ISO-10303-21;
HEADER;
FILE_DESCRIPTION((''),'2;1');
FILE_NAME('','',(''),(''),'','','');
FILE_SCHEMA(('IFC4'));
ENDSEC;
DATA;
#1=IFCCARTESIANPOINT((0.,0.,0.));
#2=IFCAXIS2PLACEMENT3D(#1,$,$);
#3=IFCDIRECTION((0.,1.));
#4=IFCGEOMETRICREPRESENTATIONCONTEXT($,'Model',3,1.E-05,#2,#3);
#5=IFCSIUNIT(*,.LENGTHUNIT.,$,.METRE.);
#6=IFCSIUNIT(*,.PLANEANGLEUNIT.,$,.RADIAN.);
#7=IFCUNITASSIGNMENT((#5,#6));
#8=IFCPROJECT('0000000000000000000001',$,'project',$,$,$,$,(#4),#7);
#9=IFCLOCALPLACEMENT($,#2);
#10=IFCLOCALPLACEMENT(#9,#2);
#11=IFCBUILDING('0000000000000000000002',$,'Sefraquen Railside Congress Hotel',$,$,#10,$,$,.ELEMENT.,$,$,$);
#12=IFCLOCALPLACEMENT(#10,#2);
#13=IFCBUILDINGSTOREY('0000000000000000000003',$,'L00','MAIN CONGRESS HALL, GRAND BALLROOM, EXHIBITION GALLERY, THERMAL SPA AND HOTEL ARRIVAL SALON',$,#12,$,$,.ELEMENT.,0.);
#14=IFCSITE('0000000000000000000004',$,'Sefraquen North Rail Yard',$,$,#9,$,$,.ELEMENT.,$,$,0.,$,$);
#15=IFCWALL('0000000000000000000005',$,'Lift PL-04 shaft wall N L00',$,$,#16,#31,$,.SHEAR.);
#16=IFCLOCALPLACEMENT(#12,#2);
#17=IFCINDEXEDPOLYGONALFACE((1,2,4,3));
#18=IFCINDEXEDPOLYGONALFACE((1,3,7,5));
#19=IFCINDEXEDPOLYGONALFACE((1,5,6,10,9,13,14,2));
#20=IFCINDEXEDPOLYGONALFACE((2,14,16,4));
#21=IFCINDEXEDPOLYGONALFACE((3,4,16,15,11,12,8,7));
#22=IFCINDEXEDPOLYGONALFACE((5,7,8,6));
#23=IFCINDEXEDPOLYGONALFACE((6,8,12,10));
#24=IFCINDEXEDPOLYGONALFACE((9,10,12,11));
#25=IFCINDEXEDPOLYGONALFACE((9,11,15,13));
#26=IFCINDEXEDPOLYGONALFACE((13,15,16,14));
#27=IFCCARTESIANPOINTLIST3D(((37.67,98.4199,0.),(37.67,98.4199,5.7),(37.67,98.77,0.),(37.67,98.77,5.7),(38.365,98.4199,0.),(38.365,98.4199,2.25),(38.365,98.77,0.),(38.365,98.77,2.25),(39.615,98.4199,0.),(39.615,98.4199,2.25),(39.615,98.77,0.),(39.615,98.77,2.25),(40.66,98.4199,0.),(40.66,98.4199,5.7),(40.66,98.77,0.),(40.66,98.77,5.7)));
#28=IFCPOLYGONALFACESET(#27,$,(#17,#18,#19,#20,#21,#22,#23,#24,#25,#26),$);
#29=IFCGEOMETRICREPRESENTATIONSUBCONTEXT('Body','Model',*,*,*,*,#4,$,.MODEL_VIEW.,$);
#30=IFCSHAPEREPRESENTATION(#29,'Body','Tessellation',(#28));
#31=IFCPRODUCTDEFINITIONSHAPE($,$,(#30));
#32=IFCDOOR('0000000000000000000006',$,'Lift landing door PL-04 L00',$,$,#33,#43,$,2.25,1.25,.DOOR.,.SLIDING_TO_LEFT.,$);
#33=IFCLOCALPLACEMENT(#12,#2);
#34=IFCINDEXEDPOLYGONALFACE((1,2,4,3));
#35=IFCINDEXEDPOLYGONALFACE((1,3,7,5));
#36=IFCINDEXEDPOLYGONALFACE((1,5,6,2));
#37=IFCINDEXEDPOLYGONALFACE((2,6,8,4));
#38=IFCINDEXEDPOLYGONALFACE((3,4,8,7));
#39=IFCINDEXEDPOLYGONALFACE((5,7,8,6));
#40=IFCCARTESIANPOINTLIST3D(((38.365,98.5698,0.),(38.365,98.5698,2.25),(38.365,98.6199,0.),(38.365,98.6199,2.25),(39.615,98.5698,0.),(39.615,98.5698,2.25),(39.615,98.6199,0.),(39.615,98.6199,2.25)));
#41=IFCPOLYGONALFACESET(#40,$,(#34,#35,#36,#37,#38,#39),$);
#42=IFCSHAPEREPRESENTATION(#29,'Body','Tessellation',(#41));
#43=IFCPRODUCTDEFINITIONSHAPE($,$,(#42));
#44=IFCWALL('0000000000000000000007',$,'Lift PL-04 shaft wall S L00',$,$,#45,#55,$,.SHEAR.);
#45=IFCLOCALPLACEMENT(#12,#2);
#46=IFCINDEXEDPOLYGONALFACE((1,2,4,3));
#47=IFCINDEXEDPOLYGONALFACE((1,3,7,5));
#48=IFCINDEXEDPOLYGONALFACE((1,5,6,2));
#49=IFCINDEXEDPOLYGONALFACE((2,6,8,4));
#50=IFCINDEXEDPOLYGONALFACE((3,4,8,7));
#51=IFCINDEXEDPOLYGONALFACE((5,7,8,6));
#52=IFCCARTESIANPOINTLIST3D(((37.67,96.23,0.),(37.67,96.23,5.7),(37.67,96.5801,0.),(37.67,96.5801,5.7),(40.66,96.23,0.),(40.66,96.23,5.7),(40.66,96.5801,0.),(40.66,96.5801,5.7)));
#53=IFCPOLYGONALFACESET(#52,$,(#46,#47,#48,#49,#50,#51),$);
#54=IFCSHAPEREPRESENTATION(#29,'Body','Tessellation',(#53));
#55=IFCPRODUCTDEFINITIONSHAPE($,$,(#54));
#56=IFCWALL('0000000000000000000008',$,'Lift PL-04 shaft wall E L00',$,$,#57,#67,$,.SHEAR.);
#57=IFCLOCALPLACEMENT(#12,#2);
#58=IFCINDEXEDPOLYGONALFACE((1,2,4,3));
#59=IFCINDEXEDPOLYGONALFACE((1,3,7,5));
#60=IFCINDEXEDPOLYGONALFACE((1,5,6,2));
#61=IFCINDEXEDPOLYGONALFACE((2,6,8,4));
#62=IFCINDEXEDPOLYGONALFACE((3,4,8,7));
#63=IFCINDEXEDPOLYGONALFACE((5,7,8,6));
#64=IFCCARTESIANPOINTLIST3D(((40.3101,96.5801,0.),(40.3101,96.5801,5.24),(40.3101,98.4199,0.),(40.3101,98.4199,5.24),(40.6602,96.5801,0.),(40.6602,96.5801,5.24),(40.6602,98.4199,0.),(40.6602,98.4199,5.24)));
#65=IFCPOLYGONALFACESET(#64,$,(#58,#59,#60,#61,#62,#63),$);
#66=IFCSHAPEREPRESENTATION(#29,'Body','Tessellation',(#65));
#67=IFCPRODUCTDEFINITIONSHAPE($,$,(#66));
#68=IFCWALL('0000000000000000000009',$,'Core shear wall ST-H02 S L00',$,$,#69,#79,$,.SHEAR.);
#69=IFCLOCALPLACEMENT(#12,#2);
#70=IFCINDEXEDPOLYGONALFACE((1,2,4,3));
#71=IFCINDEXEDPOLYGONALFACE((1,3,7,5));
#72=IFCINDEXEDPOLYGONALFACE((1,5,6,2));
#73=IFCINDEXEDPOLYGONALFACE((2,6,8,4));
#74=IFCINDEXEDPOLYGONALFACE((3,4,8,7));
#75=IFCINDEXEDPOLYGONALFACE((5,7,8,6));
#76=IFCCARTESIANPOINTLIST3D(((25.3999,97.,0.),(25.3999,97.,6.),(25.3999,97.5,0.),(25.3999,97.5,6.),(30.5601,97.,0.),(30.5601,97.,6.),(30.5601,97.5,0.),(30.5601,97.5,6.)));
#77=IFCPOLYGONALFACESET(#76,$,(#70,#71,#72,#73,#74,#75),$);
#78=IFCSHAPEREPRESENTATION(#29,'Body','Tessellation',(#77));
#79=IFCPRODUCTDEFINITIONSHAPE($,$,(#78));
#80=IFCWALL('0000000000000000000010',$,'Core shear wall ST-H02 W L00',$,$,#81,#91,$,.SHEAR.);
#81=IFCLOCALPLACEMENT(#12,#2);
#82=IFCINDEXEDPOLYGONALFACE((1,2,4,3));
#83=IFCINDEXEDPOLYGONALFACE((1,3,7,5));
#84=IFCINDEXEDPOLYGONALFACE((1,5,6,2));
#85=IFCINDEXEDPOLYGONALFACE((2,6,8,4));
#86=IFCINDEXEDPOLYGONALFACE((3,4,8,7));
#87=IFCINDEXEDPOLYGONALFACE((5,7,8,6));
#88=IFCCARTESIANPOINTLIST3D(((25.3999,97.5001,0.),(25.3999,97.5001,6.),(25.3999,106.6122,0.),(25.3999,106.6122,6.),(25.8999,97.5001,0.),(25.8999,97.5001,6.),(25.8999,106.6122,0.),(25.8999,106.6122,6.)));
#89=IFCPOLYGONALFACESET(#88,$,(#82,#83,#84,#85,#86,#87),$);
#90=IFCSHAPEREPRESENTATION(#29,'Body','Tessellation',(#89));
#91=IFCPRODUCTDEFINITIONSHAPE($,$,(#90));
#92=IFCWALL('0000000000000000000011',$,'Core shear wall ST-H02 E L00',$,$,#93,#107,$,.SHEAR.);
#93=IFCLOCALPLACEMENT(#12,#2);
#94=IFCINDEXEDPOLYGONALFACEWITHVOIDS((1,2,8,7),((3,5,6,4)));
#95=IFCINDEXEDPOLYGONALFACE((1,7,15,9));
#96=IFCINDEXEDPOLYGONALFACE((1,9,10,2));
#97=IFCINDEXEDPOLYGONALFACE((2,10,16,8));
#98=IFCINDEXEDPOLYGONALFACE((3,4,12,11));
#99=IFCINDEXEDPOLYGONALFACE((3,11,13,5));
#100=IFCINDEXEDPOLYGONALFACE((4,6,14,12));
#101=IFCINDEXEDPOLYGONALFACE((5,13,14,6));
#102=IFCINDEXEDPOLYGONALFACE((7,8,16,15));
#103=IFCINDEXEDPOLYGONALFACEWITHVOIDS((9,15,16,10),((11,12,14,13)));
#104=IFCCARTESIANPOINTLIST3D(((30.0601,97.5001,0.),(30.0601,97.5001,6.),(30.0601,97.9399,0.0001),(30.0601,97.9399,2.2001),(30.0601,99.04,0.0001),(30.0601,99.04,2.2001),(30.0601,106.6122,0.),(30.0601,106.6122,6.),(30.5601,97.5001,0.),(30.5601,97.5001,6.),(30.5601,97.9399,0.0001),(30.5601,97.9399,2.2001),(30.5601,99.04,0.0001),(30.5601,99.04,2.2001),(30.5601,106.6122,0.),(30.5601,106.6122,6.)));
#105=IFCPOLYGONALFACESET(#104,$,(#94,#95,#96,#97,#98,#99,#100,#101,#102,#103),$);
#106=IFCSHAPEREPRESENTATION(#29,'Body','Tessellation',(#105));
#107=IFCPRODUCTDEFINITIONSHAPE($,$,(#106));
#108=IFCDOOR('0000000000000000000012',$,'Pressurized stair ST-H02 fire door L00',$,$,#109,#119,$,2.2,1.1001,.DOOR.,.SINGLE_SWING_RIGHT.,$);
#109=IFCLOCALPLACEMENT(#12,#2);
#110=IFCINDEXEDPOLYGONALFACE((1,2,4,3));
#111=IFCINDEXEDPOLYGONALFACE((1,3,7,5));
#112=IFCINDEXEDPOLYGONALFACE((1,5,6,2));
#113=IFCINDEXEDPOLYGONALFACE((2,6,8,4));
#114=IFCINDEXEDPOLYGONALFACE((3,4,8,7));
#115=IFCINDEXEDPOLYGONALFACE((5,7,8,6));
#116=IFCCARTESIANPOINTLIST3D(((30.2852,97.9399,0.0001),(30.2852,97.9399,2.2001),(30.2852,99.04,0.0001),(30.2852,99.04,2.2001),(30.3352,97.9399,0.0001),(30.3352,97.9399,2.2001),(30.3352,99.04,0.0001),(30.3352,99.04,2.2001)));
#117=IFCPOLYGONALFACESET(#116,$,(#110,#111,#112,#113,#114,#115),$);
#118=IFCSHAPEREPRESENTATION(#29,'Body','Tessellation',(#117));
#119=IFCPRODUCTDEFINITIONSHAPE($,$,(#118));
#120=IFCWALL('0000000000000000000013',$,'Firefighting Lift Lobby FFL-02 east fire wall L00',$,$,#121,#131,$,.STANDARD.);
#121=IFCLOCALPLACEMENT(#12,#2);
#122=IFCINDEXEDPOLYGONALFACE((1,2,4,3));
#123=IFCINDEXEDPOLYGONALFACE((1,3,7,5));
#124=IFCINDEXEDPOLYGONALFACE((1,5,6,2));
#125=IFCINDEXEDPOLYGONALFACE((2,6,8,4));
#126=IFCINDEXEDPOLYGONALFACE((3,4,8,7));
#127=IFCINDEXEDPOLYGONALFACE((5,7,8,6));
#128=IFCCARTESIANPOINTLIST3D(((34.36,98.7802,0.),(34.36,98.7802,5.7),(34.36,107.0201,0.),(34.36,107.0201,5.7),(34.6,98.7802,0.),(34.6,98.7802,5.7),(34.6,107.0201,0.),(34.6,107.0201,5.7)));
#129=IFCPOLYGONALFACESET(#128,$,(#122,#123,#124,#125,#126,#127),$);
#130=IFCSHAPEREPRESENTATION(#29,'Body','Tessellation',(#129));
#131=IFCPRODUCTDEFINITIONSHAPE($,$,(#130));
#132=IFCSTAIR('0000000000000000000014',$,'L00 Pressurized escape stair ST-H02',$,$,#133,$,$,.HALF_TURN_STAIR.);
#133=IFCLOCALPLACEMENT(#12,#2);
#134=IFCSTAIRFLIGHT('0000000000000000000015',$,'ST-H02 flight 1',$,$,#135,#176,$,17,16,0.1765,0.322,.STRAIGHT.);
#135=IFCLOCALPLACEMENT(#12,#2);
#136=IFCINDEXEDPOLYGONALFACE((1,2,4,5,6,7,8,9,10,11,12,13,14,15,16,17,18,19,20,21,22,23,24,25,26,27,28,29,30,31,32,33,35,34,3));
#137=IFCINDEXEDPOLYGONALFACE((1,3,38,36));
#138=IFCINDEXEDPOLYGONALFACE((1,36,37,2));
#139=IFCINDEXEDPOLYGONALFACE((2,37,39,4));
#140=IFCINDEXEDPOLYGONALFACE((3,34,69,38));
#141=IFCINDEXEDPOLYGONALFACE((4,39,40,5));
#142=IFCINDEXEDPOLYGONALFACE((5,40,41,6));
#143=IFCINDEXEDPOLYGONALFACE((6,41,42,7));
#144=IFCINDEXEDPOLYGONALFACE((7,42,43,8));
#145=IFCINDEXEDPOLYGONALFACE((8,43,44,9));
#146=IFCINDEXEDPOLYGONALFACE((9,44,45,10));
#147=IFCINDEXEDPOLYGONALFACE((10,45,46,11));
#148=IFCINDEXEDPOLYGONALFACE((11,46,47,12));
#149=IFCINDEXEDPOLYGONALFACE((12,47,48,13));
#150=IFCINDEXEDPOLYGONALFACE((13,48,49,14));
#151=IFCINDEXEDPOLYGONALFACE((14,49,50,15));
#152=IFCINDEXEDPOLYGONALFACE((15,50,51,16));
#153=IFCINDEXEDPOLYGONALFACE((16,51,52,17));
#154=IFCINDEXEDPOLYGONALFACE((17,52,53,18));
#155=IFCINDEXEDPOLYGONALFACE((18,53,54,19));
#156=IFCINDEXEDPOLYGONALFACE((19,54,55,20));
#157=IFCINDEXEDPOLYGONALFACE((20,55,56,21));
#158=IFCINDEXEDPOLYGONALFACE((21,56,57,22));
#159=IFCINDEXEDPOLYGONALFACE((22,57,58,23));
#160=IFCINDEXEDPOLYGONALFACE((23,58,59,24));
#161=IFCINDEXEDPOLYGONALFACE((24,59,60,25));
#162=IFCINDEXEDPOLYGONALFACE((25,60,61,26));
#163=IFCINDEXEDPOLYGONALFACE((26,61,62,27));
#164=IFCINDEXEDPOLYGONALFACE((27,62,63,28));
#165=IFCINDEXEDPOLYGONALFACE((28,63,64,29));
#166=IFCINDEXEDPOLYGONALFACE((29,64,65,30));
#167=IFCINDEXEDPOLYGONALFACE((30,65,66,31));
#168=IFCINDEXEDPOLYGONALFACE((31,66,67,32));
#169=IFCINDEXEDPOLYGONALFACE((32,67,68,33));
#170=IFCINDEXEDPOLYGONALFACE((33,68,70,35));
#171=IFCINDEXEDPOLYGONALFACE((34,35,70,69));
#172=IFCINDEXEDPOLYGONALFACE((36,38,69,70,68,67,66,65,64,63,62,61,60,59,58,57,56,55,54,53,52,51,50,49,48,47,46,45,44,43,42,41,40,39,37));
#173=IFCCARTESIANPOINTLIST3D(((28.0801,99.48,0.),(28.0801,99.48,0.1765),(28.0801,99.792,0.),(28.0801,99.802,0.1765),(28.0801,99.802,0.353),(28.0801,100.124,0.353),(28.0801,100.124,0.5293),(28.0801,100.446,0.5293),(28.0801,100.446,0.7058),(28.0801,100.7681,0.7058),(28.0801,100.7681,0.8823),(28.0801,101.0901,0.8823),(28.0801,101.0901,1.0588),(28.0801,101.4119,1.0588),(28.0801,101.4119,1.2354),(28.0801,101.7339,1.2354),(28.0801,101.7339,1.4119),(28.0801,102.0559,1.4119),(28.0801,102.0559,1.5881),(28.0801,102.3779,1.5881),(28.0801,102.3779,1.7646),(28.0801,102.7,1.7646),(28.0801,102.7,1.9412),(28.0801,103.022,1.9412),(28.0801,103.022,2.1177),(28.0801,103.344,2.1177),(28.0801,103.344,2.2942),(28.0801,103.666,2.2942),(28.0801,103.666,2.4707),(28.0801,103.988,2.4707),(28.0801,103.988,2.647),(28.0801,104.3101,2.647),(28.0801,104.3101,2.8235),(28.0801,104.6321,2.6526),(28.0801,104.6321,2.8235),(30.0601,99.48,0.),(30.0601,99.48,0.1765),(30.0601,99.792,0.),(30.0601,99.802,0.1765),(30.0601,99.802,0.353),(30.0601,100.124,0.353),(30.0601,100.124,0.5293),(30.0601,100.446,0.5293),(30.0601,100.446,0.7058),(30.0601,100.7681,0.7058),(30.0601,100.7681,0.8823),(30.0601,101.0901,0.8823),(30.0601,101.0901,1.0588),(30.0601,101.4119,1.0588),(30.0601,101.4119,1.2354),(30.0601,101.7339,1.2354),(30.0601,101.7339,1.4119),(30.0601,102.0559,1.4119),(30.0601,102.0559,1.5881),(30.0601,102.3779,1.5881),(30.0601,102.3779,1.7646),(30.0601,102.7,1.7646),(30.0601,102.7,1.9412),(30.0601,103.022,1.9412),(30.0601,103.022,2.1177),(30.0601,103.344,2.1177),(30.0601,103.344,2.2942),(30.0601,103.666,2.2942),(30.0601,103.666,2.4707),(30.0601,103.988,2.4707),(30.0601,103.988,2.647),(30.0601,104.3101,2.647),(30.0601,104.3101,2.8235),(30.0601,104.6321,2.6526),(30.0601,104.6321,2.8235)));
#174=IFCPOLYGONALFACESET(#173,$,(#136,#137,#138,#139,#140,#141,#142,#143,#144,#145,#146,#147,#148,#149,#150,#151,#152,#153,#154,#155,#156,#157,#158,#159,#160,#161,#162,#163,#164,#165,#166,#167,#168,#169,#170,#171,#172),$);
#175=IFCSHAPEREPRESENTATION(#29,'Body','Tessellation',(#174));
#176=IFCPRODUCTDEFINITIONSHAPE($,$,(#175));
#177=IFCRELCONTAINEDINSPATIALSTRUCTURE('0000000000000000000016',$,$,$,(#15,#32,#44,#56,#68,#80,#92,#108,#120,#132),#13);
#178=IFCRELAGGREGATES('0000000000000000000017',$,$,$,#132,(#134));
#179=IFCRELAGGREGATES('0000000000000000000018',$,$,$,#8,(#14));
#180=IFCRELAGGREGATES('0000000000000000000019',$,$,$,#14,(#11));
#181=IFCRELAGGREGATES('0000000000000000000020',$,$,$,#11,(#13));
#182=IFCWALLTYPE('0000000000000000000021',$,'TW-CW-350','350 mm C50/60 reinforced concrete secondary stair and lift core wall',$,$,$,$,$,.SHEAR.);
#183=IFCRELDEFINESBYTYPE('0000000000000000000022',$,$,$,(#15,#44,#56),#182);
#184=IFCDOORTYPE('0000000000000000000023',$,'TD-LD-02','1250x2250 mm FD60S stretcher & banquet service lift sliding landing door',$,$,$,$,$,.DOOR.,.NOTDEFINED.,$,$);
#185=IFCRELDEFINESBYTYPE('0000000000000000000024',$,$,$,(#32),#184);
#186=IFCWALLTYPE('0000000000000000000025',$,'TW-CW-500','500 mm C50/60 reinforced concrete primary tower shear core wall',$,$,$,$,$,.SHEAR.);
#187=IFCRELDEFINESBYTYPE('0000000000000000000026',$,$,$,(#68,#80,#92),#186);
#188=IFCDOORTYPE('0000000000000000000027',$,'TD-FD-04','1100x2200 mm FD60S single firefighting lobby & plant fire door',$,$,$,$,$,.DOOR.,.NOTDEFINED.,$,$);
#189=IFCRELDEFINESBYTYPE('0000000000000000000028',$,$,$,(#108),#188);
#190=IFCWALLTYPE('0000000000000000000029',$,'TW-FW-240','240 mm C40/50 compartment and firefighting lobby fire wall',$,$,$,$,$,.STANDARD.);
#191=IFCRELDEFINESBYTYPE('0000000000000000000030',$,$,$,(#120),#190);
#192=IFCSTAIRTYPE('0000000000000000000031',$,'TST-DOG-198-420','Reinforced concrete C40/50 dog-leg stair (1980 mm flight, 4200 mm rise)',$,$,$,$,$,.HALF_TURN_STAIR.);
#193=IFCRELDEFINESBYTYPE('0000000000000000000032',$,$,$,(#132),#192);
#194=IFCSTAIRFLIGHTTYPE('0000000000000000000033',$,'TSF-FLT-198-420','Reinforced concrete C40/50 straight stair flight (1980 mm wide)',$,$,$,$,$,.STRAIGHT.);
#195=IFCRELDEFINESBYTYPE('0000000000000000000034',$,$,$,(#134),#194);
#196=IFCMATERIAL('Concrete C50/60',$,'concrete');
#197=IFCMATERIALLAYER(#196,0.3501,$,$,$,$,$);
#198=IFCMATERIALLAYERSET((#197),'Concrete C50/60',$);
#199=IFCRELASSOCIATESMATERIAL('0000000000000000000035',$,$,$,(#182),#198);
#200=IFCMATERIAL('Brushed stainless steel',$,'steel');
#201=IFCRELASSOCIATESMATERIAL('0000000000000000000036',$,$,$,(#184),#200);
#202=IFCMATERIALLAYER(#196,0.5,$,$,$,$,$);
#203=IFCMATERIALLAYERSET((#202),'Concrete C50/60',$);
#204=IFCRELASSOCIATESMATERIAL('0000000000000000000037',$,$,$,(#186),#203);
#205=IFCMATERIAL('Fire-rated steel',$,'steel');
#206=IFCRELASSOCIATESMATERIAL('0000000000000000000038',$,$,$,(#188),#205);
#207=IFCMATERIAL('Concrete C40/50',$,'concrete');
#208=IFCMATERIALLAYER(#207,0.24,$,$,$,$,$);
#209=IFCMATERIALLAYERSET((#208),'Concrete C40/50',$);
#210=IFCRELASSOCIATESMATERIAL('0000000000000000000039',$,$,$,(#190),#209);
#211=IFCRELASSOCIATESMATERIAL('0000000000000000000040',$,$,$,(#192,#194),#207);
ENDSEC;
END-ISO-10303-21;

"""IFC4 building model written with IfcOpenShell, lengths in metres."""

from ifc_helpers import new_model, si_unit, direction, frame, frame_2d, origin, place, context, subcontext, project, spatial, polyline, rectangle, outline, extrude, material, layer, layer_set, type_object, element, fill, aggregate, save


model = new_model("IFC4")

# Units and contexts
model_context = context("Model", 3, precision=1e-05, world=origin(), true_north=direction((0.0, 1.0)))
body_context = subcontext(model_context, "Body", "Model", "MODEL_VIEW")
ifc_project = project(units=[si_unit("LENGTHUNIT", "METRE"), si_unit("PLANEANGLEUNIT", "RADIAN")], contexts=[model_context])

# Site, building, storey
site_placement = place(None, origin())
site = spatial("IfcSite", under=ifc_project, at=site_placement, Name="Sefraquen North Rail Yard", CompositionType="ELEMENT", RefElevation=0.0)
building_placement = place(site_placement, origin())
building = spatial("IfcBuilding", under=site, at=building_placement, Name="Sefraquen Railside Congress Hotel", CompositionType="ELEMENT")
storey_placement = place(building_placement, origin())
storey = spatial("IfcBuildingStorey", under=building, at=storey_placement, Name="L00", Description="MAIN CONGRESS HALL, GRAND BALLROOM, EXHIBITION GALLERY, THERMAL SPA AND HOTEL ARRIVAL SALON", CompositionType="ELEMENT", Elevation=0.0)

# Shared definitions
ifc_material_1 = material(Name="Concrete C50/60", Category="concrete")
ifc_layer_1 = layer(ifc_material_1, 0.3501)
ifc_layer_set_1 = layer_set([ifc_layer_1], Name="Concrete C50/60")
wall_type_1 = type_object("IfcWallType", Name="TW-CW-350", Description="350 mm C50/60 reinforced concrete secondary stair and lift core wall", PredefinedType="SHEAR", material=ifc_layer_set_1)

# Shared definitions
ifc_material_2 = material(Name="Brushed stainless steel", Category="steel")
door_type_1 = type_object("IfcDoorType", Name="TD-LD-02", Description="1250x2250 mm FD60S stretcher & banquet service lift sliding landing door", OperationType="NOTDEFINED", PredefinedType="DOOR", material=ifc_material_2)

# Wall, opening, door
wall_1_placement = place(storey_placement, frame((37.6699, 98.595, 0.0), z_axis=(0.0, 0.0, 1.0), x_axis=(1.0, 0.0, 0.0)))
wall_1 = element("IfcWall", 1, at=wall_1_placement, inside=storey, type_object=wall_type_1, Name="Lift PL-04 shaft wall N L00", PredefinedType="SHEAR", context=body_context, shape_type="SweptSolid", body=[
    extrude(rectangle(XDim=2.99, YDim=0.3501, at=frame_2d((1.4951, 0.0))), origin(), (0.0, 0.0, 1.0), 5.7),
])
opening_1_placement = place(wall_1_placement, frame((0.6951, 0.0, 0.0)))
opening_1 = element("IfcOpeningElement", 2, at=opening_1_placement, cuts=wall_1, PredefinedType="OPENING", context=body_context, shape_type="SweptSolid", body=[
    extrude(rectangle(XDim=1.25, YDim=2.25, at=frame_2d((0.625, 1.125))), frame((0.0, 0.1851, 0.0), z_axis=(0.0, -1.0, 0.0), x_axis=(1.0, 0.0, 0.0)), (0.0, 0.0, 1.0), 0.3701),
])
door_1_placement = place(opening_1_placement, origin())
door_1 = element("IfcDoor", 3, at=door_1_placement, inside=storey, type_object=door_type_1, Name="Lift landing door PL-04 L00", OperationType="SLIDING_TO_LEFT", OverallHeight=2.25, OverallWidth=1.25, PredefinedType="DOOR", context=body_context, shape_type="SweptSolid", body=[
    extrude(rectangle(XDim=1.25, YDim=2.25, at=frame_2d((0.625, 1.125))), frame((0.0, 0.0249, 0.0), z_axis=(0.0, -1.0, 0.0), x_axis=(1.0, 0.0, 0.0)), (0.0, 0.0, 1.0), 0.05),
])
fill(opening_1, door_1)

# Walls
wall_2_placement = place(storey_placement, frame((37.6699, 96.405, 0.0), z_axis=(0.0, 0.0, 1.0), x_axis=(1.0, 0.0, 0.0)))
element("IfcWall", 4, at=wall_2_placement, inside=storey, type_object=wall_type_1, Name="Lift PL-04 shaft wall S L00", PredefinedType="SHEAR", context=body_context, shape_type="SweptSolid", body=[
    extrude(rectangle(XDim=2.99, YDim=0.3501, at=frame_2d((1.4951, 0.0))), origin(), (0.0, 0.0, 1.0), 5.7),
])
wall_3_placement = place(storey_placement, frame((40.4851, 96.5801, 0.0), z_axis=(0.0, 0.0, 1.0), x_axis=(0.0, 1.0, 0.0)))
element("IfcWall", 5, at=wall_3_placement, inside=storey, type_object=wall_type_1, Name="Lift PL-04 shaft wall E L00", PredefinedType="SHEAR", context=body_context, shape_type="SweptSolid", body=[
    extrude(rectangle(XDim=1.8398, YDim=0.3501, at=frame_2d((0.9199, 0.0))), origin(), (0.0, 0.0, 1.0), 5.24),
])
ifc_layer_2 = layer(ifc_material_1, 0.5)
ifc_layer_set_2 = layer_set([ifc_layer_2], Name="Concrete C50/60")
wall_type_2 = type_object("IfcWallType", Name="TW-CW-500", Description="500 mm C50/60 reinforced concrete primary tower shear core wall", PredefinedType="SHEAR", material=ifc_layer_set_2)
wall_4_placement = place(storey_placement, frame((25.3999, 97.25, 0.0), z_axis=(0.0, 0.0, 1.0), x_axis=(1.0, 0.0, 0.0)))
element("IfcWall", 6, at=wall_4_placement, inside=storey, type_object=wall_type_2, Name="Core shear wall ST-H02 S L00", PredefinedType="SHEAR", context=body_context, shape_type="SweptSolid", body=[
    extrude(rectangle(XDim=5.1602, YDim=0.5, at=frame_2d((2.5801, 0.0))), origin(), (0.0, 0.0, 1.0), 6.0),
])
wall_5_placement = place(storey_placement, frame((25.6499, 97.5, 0.0), z_axis=(0.0, 0.0, 1.0), x_axis=(0.0, 1.0, 0.0)))
element("IfcWall", 7, at=wall_5_placement, inside=storey, type_object=wall_type_2, Name="Core shear wall ST-H02 W L00", PredefinedType="SHEAR", context=body_context, shape_type="SweptSolid", body=[
    extrude(rectangle(XDim=9.1121, YDim=0.5, at=frame_2d((4.5562, 0.0))), origin(), (0.0, 0.0, 1.0), 6.0),
])

# Wall, opening, door
wall_6_placement = place(storey_placement, frame((30.3101, 97.5, 0.0), z_axis=(0.0, 0.0, 1.0), x_axis=(0.0, 1.0, 0.0)))
wall_6 = element("IfcWall", 8, at=wall_6_placement, inside=storey, type_object=wall_type_2, Name="Core shear wall ST-H02 E L00", PredefinedType="SHEAR", context=body_context, shape_type="SweptSolid", body=[
    extrude(rectangle(XDim=9.1121, YDim=0.5, at=frame_2d((4.5562, 0.0))), origin(), (0.0, 0.0, 1.0), 6.0),
])
opening_2_placement = place(wall_6_placement, frame((0.4399, 0.0, 0.0)))
opening_2 = element("IfcOpeningElement", 9, at=opening_2_placement, cuts=wall_6, PredefinedType="OPENING", context=body_context, shape_type="SweptSolid", body=[
    extrude(rectangle(XDim=1.1001, YDim=2.2, at=frame_2d((0.55, 1.1001))), frame((0.0, 0.26, 0.0), z_axis=(0.0, -1.0, 0.0), x_axis=(1.0, 0.0, 0.0)), (0.0, 0.0, 1.0), 0.52),
])
ifc_material_3 = material(Name="Fire-rated steel", Category="steel")
door_type_2 = type_object("IfcDoorType", Name="TD-FD-04", Description="1100x2200 mm FD60S single firefighting lobby & plant fire door", OperationType="NOTDEFINED", PredefinedType="DOOR", material=ifc_material_3)
door_2_placement = place(opening_2_placement, origin())
door_2 = element("IfcDoor", 10, at=door_2_placement, inside=storey, type_object=door_type_2, Name="Pressurized stair ST-H02 fire door L00", OperationType="SINGLE_SWING_RIGHT", OverallHeight=2.2, OverallWidth=1.1001, PredefinedType="DOOR", context=body_context, shape_type="SweptSolid", body=[
    extrude(rectangle(XDim=1.1001, YDim=2.2, at=frame_2d((0.55, 1.1001))), frame((0.0, 0.0249, 0.0), z_axis=(0.0, -1.0, 0.0), x_axis=(1.0, 0.0, 0.0)), (0.0, 0.0, 1.0), 0.05),
])
fill(opening_2, door_2)

# Wall
ifc_material_4 = material(Name="Concrete C40/50", Category="concrete")
ifc_layer_3 = layer(ifc_material_4, 0.24)
ifc_layer_set_3 = layer_set([ifc_layer_3], Name="Concrete C40/50")
wall_type_3 = type_object("IfcWallType", Name="TW-FW-240", Description="240 mm C40/50 compartment and firefighting lobby fire wall", PredefinedType="STANDARD", material=ifc_layer_set_3)
wall_7_placement = place(storey_placement, frame((34.48, 98.78, 0.0), z_axis=(0.0, 0.0, 1.0), x_axis=(0.0, 1.0, 0.0)))
element("IfcWall", 11, at=wall_7_placement, inside=storey, type_object=wall_type_3, Name="Firefighting Lift Lobby FFL-02 east fire wall L00", PredefinedType="STANDARD", context=body_context, shape_type="SweptSolid", body=[
    extrude(rectangle(XDim=8.24, YDim=0.24, at=frame_2d((4.1201, 0.0))), origin(), (0.0, 0.0, 1.0), 5.7),
])

# Stair, stair flight
stair_type = type_object("IfcStairType", Name="TST-DOG-198-420", Description="Reinforced concrete C40/50 dog-leg stair (1980 mm flight, 4200 mm rise)", PredefinedType="HALF_TURN_STAIR", material=ifc_material_4)
stair_placement = place(storey_placement, origin())
stair = element("IfcStair", 12, at=stair_placement, inside=storey, type_object=stair_type, Name="L00 Pressurized escape stair ST-H02", PredefinedType="HALF_TURN_STAIR")
stair_flight_type = type_object("IfcStairFlightType", Name="TSF-FLT-198-420", Description="Reinforced concrete C40/50 straight stair flight (1980 mm wide)", PredefinedType="STRAIGHT", material=ifc_material_4)
stair_flight_placement = place(storey_placement, frame((29.0701, 99.48, 0.0), z_axis=(0.0, 0.0, 1.0), x_axis=(0.0, 1.0, 0.0)))
stair_flight = element("IfcStairFlight", 13, at=stair_flight_placement, type_object=stair_flight_type, Name="ST-H02 flight 1", NumberOfRisers=17, NumberOfTreads=16, PredefinedType="STRAIGHT", RiserHeight=0.1765, TreadLength=0.322, context=body_context, shape_type="SweptSolid", body=[
    extrude(outline(polyline([(0.0, 0.0), (0.0, 0.1765), (0.322, 0.1765), (0.322, 0.353), (0.644, 0.353), (0.644, 0.5293), (0.9661, 0.5293), (0.9661, 0.7058), (1.2881, 0.7058), (1.2881, 0.8823), (1.6101, 0.8823), (1.6101, 1.0588), (1.9319, 1.0588), (1.9319, 1.2354), (2.2539, 1.2354), (2.2539, 1.4119), (2.5759, 1.4119), (2.5759, 1.5881), (2.8979, 1.5881), (2.8979, 1.7646), (3.22, 1.7646), (3.22, 1.9412), (3.542, 1.9412), (3.542, 2.1177), (3.864, 2.1177), (3.864, 2.2942), (4.186, 2.2942), (4.186, 2.4707), (4.5081, 2.4707), (4.5081, 2.647), (4.8301, 2.647), (4.8301, 2.8235), (5.1521, 2.8235), (5.1521, 3.0), (5.1521, 2.6526), (0.312, 0.0), (0.0, 0.0)])), frame((0.0, 0.99, 0.0), z_axis=(0.0, -1.0, 0.0), x_axis=(1.0, 0.0, 0.0)), (0.0, 0.0, 1.0), 1.98),
])
aggregate(stair, [stair_flight])

save(model, "model.ifc")
